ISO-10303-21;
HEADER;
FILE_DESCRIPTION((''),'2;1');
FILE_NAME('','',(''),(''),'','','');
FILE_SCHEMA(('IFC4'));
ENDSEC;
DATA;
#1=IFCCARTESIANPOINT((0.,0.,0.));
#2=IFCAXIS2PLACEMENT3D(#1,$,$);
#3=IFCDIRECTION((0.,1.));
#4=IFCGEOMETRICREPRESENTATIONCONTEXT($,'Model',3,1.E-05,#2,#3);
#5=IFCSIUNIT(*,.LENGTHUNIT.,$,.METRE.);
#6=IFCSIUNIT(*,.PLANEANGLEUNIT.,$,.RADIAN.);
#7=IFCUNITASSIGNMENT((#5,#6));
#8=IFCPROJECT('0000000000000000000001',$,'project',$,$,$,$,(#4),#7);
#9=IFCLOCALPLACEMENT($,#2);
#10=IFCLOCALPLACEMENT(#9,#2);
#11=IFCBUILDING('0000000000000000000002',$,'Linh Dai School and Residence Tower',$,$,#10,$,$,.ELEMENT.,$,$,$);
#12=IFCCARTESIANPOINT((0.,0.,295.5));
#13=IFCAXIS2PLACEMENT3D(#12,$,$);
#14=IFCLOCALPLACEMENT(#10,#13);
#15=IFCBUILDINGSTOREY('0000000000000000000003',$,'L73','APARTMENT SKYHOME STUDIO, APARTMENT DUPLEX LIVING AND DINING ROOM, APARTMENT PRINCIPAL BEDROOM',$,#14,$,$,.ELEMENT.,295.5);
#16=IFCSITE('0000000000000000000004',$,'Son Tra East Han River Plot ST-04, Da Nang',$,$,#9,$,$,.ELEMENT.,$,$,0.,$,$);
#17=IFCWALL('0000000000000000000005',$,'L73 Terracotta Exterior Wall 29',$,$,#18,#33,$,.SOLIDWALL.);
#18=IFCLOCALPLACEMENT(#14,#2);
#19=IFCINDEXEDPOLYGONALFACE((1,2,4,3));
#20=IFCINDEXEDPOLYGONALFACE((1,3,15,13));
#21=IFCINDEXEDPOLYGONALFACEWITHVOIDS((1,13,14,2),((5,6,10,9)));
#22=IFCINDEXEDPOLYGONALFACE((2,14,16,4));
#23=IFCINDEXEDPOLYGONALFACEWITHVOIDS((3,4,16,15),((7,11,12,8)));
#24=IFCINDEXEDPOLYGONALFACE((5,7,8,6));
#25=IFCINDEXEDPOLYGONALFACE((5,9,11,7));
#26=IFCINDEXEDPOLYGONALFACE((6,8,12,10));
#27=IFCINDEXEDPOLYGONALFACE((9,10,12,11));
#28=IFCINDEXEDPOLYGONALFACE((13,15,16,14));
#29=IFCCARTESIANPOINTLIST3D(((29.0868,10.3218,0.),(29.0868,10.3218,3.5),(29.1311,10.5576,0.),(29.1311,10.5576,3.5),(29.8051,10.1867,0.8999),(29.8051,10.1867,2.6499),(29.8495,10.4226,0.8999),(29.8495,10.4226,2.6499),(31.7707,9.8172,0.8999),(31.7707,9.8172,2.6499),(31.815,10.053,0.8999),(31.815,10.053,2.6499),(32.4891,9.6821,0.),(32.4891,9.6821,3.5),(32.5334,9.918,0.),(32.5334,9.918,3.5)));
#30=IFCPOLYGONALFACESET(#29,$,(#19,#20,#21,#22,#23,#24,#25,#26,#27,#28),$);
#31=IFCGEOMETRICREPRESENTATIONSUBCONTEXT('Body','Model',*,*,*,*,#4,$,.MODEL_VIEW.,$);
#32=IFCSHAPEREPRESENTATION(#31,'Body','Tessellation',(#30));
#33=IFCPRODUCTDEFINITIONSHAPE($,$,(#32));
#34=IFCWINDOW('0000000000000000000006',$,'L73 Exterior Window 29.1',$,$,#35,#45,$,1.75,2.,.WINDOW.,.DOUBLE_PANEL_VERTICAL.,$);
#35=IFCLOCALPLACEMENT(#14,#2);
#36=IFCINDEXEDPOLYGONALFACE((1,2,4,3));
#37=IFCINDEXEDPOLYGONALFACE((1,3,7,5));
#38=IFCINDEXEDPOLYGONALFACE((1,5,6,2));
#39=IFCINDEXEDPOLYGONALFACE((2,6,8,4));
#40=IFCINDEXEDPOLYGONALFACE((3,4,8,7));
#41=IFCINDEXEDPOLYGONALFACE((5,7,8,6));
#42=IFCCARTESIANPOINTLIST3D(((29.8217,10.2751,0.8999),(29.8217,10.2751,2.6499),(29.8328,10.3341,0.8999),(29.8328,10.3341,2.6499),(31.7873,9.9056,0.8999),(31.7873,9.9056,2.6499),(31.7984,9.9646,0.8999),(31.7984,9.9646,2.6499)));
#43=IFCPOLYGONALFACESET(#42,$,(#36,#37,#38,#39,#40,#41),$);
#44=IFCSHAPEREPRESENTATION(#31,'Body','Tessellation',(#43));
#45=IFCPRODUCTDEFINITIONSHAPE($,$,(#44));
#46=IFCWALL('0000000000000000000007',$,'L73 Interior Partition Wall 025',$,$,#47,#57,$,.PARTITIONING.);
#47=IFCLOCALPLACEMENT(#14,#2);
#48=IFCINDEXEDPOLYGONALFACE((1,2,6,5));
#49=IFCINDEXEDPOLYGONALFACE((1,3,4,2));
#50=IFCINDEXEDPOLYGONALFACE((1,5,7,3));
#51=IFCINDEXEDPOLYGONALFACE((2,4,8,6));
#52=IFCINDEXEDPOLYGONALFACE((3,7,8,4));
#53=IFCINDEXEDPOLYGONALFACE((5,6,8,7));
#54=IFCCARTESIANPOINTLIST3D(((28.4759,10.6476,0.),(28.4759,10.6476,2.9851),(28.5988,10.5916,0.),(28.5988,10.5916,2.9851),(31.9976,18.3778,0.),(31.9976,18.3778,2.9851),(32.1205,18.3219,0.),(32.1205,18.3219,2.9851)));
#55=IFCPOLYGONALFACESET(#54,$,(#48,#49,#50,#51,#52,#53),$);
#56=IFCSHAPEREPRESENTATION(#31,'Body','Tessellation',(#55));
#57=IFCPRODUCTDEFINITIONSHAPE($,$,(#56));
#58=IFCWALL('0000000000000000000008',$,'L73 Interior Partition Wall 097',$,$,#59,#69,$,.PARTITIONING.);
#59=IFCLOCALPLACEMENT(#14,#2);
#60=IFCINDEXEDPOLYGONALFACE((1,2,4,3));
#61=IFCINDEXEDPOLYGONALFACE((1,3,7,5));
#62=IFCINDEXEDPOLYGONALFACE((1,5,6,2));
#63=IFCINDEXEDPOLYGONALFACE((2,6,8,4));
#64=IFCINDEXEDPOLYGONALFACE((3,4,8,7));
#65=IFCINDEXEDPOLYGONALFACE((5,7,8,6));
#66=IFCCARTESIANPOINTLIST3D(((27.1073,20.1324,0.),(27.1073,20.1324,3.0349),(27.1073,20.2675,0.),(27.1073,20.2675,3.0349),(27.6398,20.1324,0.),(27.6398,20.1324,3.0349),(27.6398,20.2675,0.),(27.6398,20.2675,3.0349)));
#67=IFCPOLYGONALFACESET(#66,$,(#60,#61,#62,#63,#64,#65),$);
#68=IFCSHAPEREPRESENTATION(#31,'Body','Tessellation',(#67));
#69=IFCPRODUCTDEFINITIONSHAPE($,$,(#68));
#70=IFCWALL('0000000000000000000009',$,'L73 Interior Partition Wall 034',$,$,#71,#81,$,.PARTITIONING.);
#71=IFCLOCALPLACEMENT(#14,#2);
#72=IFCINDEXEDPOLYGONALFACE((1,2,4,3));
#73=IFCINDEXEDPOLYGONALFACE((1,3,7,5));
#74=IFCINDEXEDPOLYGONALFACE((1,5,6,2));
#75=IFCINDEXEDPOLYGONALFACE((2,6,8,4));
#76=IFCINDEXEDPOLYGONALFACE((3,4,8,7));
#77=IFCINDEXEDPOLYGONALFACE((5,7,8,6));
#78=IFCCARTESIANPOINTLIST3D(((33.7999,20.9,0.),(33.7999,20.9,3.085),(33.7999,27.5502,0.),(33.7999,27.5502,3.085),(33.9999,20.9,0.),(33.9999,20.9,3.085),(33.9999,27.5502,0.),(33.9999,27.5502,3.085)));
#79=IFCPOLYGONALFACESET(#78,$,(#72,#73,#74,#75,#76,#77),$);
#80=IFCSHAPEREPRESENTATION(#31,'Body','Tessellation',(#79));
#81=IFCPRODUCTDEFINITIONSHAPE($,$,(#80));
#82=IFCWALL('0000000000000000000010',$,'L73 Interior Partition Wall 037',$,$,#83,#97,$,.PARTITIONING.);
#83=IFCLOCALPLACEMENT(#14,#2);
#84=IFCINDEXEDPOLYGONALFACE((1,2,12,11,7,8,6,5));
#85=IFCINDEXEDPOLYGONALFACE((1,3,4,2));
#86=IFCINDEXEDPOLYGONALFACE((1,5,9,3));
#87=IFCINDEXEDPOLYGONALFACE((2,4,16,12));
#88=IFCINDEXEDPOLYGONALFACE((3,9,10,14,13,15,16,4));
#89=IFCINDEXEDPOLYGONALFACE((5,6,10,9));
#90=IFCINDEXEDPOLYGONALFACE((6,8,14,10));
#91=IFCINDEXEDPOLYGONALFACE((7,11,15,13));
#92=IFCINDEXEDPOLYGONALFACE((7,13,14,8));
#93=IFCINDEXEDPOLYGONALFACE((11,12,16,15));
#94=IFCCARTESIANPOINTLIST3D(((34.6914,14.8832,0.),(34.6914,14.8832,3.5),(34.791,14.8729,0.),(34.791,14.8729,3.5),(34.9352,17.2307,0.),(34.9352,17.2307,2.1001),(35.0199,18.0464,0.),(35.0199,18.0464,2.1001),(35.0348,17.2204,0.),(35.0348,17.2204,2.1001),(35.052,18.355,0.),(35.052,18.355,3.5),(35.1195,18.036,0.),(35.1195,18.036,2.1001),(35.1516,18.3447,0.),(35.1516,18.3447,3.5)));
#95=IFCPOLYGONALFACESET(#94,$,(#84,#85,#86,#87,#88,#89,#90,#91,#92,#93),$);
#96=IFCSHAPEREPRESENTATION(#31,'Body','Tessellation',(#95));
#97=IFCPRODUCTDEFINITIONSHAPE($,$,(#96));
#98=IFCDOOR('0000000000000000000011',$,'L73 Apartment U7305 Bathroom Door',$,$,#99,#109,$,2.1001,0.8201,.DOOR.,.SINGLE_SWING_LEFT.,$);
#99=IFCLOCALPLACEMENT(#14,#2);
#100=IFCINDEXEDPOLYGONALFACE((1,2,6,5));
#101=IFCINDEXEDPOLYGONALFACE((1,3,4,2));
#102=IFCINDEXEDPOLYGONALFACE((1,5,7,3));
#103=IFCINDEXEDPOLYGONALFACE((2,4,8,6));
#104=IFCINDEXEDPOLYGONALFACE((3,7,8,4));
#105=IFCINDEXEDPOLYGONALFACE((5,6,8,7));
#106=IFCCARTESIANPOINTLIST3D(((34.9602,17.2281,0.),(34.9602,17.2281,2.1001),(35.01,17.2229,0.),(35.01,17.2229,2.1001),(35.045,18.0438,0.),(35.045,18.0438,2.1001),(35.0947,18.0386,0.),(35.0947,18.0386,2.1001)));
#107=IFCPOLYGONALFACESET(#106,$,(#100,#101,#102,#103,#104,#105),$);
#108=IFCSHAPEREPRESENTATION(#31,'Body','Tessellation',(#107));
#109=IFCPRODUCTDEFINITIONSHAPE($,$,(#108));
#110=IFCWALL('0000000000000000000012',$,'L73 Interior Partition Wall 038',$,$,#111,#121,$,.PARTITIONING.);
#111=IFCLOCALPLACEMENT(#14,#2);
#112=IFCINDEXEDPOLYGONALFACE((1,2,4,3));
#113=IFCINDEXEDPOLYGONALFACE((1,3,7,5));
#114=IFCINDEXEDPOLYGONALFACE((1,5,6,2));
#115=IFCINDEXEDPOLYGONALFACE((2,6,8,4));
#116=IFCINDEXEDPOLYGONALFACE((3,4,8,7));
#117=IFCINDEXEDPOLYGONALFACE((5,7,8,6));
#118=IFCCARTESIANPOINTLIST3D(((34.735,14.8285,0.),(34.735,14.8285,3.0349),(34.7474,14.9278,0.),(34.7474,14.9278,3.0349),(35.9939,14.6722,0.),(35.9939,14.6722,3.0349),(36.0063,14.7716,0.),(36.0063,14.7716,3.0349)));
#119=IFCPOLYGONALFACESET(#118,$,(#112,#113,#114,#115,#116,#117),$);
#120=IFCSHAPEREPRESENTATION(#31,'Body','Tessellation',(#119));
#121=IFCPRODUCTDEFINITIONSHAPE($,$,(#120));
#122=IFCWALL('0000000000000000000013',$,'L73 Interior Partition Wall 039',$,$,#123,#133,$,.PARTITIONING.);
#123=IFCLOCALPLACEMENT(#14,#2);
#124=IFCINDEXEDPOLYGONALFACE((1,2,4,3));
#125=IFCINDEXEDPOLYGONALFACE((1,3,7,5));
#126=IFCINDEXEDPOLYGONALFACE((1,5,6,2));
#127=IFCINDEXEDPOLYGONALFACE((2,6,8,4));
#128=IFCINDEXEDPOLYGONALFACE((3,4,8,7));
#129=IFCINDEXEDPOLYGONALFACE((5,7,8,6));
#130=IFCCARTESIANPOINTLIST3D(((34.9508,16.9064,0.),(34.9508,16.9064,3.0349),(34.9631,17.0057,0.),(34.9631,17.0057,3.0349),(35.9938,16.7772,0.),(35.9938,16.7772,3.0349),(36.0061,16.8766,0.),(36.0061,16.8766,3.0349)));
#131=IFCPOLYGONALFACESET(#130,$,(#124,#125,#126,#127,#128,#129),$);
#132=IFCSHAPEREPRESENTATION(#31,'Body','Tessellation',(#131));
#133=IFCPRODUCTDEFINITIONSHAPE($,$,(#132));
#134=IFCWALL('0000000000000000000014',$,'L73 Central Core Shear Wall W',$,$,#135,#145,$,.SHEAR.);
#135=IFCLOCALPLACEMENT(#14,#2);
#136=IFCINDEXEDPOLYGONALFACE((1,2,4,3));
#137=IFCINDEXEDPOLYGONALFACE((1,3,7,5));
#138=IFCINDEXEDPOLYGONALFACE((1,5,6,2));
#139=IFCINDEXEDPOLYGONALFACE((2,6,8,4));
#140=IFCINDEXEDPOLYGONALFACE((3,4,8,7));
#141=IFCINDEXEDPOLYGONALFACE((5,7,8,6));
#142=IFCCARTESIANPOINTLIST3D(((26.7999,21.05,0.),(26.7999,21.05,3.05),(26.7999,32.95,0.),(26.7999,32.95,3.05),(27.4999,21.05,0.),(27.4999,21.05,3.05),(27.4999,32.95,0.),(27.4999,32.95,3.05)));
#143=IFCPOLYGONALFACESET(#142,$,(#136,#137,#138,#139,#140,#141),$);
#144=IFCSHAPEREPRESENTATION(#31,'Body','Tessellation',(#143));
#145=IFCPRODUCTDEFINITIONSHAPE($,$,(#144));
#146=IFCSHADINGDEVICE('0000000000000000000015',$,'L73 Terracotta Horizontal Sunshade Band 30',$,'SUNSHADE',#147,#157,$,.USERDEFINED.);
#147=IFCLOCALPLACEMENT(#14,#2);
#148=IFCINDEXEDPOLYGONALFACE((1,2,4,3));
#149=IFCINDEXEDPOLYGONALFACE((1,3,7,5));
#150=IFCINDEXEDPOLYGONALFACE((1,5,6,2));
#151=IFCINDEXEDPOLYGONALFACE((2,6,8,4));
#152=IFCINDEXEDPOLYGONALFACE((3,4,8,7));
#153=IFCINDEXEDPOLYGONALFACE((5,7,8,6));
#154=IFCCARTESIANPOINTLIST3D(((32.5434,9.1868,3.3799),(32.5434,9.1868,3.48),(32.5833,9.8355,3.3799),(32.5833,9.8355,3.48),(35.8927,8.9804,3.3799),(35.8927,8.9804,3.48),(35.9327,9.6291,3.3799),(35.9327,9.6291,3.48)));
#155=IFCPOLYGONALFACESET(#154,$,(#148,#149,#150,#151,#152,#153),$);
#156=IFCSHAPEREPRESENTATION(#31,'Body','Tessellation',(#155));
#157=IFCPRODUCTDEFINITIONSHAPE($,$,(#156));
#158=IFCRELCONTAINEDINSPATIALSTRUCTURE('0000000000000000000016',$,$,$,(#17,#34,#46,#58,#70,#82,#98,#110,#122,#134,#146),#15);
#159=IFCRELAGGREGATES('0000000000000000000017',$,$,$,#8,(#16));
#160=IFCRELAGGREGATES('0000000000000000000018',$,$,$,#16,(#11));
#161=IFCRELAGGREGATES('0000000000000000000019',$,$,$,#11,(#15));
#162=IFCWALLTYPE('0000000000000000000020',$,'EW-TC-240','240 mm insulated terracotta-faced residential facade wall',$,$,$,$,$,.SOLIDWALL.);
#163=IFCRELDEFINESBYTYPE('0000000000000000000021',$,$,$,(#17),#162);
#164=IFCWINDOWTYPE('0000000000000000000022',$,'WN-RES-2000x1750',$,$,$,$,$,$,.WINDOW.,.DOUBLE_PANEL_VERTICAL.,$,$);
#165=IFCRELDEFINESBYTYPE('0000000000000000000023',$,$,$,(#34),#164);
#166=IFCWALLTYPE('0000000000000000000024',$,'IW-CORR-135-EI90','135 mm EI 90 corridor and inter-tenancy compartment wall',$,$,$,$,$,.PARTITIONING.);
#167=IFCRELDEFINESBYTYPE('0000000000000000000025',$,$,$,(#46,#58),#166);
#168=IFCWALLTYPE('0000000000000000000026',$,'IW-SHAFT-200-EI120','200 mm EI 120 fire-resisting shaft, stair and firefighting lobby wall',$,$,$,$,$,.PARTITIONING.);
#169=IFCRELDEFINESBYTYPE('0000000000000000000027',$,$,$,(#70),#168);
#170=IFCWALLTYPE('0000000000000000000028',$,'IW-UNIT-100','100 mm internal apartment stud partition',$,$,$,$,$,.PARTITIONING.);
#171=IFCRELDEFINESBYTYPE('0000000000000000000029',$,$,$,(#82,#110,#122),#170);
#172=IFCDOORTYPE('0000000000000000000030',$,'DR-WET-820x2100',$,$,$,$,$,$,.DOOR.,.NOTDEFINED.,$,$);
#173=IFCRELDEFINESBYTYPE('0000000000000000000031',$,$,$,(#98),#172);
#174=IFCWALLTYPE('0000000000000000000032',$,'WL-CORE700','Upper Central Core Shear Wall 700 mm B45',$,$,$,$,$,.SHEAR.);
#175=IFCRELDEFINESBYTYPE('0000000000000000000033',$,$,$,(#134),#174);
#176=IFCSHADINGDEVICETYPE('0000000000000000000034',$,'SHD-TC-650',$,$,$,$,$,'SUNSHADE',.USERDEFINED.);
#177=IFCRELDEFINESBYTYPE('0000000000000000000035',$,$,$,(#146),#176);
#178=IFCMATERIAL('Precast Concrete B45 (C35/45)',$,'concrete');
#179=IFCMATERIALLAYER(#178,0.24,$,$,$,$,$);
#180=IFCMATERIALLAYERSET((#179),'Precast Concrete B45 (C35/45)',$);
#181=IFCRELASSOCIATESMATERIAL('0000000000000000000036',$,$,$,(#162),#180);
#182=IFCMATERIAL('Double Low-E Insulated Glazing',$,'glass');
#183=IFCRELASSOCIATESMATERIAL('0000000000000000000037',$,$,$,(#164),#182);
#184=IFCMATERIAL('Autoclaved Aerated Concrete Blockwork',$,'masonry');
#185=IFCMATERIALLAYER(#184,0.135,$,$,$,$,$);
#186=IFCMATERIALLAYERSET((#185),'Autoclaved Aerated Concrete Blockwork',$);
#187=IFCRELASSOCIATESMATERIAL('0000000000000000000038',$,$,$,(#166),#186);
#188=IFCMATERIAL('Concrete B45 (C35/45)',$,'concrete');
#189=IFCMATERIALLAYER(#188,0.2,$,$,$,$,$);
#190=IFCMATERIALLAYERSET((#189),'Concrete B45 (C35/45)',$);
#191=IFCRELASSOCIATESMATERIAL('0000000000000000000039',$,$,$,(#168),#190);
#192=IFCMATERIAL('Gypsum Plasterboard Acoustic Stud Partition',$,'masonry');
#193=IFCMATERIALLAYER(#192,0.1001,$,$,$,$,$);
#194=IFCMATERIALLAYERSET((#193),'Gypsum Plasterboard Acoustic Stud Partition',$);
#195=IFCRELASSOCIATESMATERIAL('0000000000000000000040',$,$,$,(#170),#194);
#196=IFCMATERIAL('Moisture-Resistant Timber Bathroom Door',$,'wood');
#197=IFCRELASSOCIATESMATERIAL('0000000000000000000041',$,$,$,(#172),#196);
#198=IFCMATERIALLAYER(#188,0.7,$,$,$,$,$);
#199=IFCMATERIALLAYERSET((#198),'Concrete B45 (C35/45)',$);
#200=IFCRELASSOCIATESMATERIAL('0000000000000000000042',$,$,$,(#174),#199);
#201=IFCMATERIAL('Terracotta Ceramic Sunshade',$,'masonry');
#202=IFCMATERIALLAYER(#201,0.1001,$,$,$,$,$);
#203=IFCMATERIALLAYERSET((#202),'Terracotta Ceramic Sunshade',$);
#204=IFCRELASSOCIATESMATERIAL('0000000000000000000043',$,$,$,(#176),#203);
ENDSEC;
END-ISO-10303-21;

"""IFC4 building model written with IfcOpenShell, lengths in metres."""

from ifc_helpers import new_model, si_unit, direction, frame, frame_2d, origin, origin_2d, place, context, subcontext, project, spatial, rectangle, extrude, source, transform, mapped, material, layer, layer_set, type_object, element, fill, save


model = new_model("IFC4")

# Units and contexts
model_context = context("Model", 3, precision=1e-05, world=origin(), true_north=direction((0.0, 1.0)))
body_context = subcontext(model_context, "Body", "Model", "MODEL_VIEW")
ifc_project = project(units=[si_unit("LENGTHUNIT", "METRE"), si_unit("PLANEANGLEUNIT", "RADIAN")], contexts=[model_context])

# Site, building, storey
site_placement = place(None, origin())
site = spatial("IfcSite", under=ifc_project, at=site_placement, Name="Son Tra East Han River Plot ST-04, Da Nang", CompositionType="ELEMENT", RefElevation=0.0)
building_placement = place(site_placement, origin())
building = spatial("IfcBuilding", under=site, at=building_placement, Name="Linh Dai School and Residence Tower", CompositionType="ELEMENT")
storey_placement = place(building_placement, frame((0.0, 0.0, 295.5)))
storey = spatial("IfcBuildingStorey", under=building, at=storey_placement, Name="L73", Description="APARTMENT SKYHOME STUDIO, APARTMENT DUPLEX LIVING AND DINING ROOM, APARTMENT PRINCIPAL BEDROOM", CompositionType="ELEMENT", Elevation=295.5)

# Shared definitions
ifc_material_1 = material(Name="Concrete B45 (C35/45)", Category="concrete")

# Shared definitions
ifc_material_2 = material(Name="Precast Concrete B45 (C35/45)", Category="concrete")

# Shared definitions
ifc_layer_1 = layer(ifc_material_2, 0.24)
ifc_layer_set_1 = layer_set([ifc_layer_1], Name="Precast Concrete B45 (C35/45)")
wall_type_1 = type_object("IfcWallType", Name="EW-TC-240", Description="240 mm insulated terracotta-faced residential facade wall", PredefinedType="SOLIDWALL", material=ifc_layer_set_1)

# Wall, opening, window
wall_1_placement = place(storey_placement, frame((32.5112, 9.8, 0.0), z_axis=(0.0, 0.0, 1.0), x_axis=(-0.982783, 0.184765, 0.0)))
wall_1 = element("IfcWall", 1, at=wall_1_placement, inside=storey, type_object=wall_type_1, Name="L73 Terracotta Exterior Wall 29", PredefinedType="SOLIDWALL", context=body_context, shape_type="SweptSolid", body=[
    extrude(rectangle(XDim=3.4619, YDim=0.24, at=frame_2d((1.731, 0.0))), origin(), (0.0, 0.0, 1.0), 3.5),
])
opening_1_placement = place(wall_1_placement, frame((0.731, 0.0, 0.8999)))
opening_1 = element("IfcOpeningElement", 2, at=opening_1_placement, cuts=wall_1, PredefinedType="OPENING", context=body_context, shape_type="SweptSolid", body=[
    extrude(rectangle(XDim=2.0, YDim=1.75, at=origin_2d()), frame((1.0, 0.1299, 0.875), z_axis=(0.0, -1.0, 0.0), x_axis=(1.0, 0.0, 0.0)), (0.0, 0.0, 1.0), 0.26),
])
ifc_material_3 = material(Name="Double Low-E Insulated Glazing", Category="glass")
window_type = type_object("IfcWindowType", Name="WN-RES-2000x1750", PartitioningType="DOUBLE_PANEL_VERTICAL", PredefinedType="WINDOW", material=ifc_material_3)
shared_shape_1 = source(origin(), body_context, "Body", "SweptSolid", [
    extrude(rectangle(XDim=2.0, YDim=1.75, at=origin_2d()), frame((1.0, 0.03, 0.875), z_axis=(0.0, -1.0, 0.0), x_axis=(1.0, 0.0, 0.0)), (0.0, 0.0, 1.0), 0.0601),
])
window_placement = place(opening_1_placement, origin())
window = element("IfcWindow", 3, at=window_placement, inside=storey, type_object=window_type, Name="L73 Exterior Window 29.1", OverallHeight=1.75, OverallWidth=2.0, PartitioningType="DOUBLE_PANEL_VERTICAL", PredefinedType="WINDOW", context=body_context, shape_type="MappedRepresentation", body=[
    mapped(shared_shape_1, transform((0.0, 0.0, 0.0), x_axis=(1.0, 0.0, 0.0), y_axis=(0.0, 1.0, 0.0), z_axis=(0.0, 0.0, 1.0), scale=1.0)),
])
fill(opening_1, window)

# Wall
ifc_material_4 = material(Name="Autoclaved Aerated Concrete Blockwork", Category="masonry")
ifc_layer_2 = layer(ifc_material_4, 0.135)
ifc_layer_set_2 = layer_set([ifc_layer_2], Name="Autoclaved Aerated Concrete Blockwork")
wall_type_2 = type_object("IfcWallType", Name="IW-CORR-135-EI90", Description="135 mm EI 90 corridor and inter-tenancy compartment wall", PredefinedType="PARTITIONING", material=ifc_layer_set_2)
wall_2_placement = place(storey_placement, frame((28.5374, 10.6196, 0.0), z_axis=(0.0, 0.0, 1.0), x_axis=(0.414582, 0.910012, 0.0)))
element("IfcWall", 4, at=wall_2_placement, inside=storey, type_object=wall_type_2, Name="L73 Interior Partition Wall 025", PredefinedType="PARTITIONING", context=body_context, shape_type="SweptSolid", body=[
    extrude(rectangle(XDim=8.4946, YDim=0.135, at=frame_2d((4.2473, 0.0))), origin(), (0.0, 0.0, 1.0), 2.9851),
])

# Walls
wall_3_placement = place(storey_placement, frame((27.1074, 20.2, 0.0), z_axis=(0.0, 0.0, 1.0), x_axis=(1.0, 0.0, 0.0)))
element("IfcWall", 5, at=wall_3_placement, inside=storey, type_object=wall_type_2, Name="L73 Interior Partition Wall 097", PredefinedType="PARTITIONING", context=body_context, shape_type="SweptSolid", body=[
    extrude(rectangle(XDim=0.5325, YDim=0.135, at=frame_2d((0.2661, 0.0))), origin(), (0.0, 0.0, 1.0), 3.0349),
])
ifc_layer_3 = layer(ifc_material_1, 0.2)
ifc_layer_set_3 = layer_set([ifc_layer_3], Name="Concrete B45 (C35/45)")
wall_type_3 = type_object("IfcWallType", Name="IW-SHAFT-200-EI120", Description="200 mm EI 120 fire-resisting shaft, stair and firefighting lobby wall", PredefinedType="PARTITIONING", material=ifc_layer_set_3)
wall_4_placement = place(storey_placement, frame((33.8999, 20.8999, 0.0), z_axis=(0.0, 0.0, 1.0), x_axis=(0.0, 1.0, 0.0)))
element("IfcWall", 6, at=wall_4_placement, inside=storey, type_object=wall_type_3, Name="L73 Interior Partition Wall 034", PredefinedType="PARTITIONING", context=body_context, shape_type="SweptSolid", body=[
    extrude(rectangle(XDim=6.6501, YDim=0.2, at=frame_2d((3.3252, 0.0))), origin(), (0.0, 0.0, 1.0), 3.085),
])

# Wall, opening, door
ifc_material_5 = material(Name="Gypsum Plasterboard Acoustic Stud Partition", Category="masonry")
ifc_layer_4 = layer(ifc_material_5, 0.1001)
ifc_layer_set_4 = layer_set([ifc_layer_4], Name="Gypsum Plasterboard Acoustic Stud Partition")
wall_type_4 = type_object("IfcWallType", Name="IW-UNIT-100", Description="100 mm internal apartment stud partition", PredefinedType="PARTITIONING", material=ifc_layer_set_4)
wall_5_placement = place(storey_placement, frame((34.7412, 14.8782, 0.0), z_axis=(0.0, 0.0, 1.0), x_axis=(0.103305, 0.99465, 0.0)))
wall_5 = element("IfcWall", 7, at=wall_5_placement, inside=storey, type_object=wall_type_4, Name="L73 Interior Partition Wall 037", PredefinedType="PARTITIONING", context=body_context, shape_type="SweptSolid", body=[
    extrude(rectangle(XDim=3.4905, YDim=0.1001, at=frame_2d((1.7451, 0.0))), origin(), (0.0, 0.0, 1.0), 3.5),
])
opening_2_placement = place(wall_5_placement, frame((2.3599, 0.0, 0.0)))
opening_2 = element("IfcOpeningElement", 8, at=opening_2_placement, cuts=wall_5, PredefinedType="OPENING", context=body_context, shape_type="SweptSolid", body=[
    extrude(rectangle(XDim=0.8201, YDim=2.1001, at=origin_2d()), frame((0.4102, 0.0601, 1.05), z_axis=(0.0, -1.0, 0.0), x_axis=(1.0, 0.0, 0.0)), (0.0, 0.0, 1.0), 0.1201),
])
ifc_material_6 = material(Name="Moisture-Resistant Timber Bathroom Door", Category="wood")
door_type_1 = type_object("IfcDoorType", Name="DR-WET-820x2100", OperationType="NOTDEFINED", PredefinedType="DOOR", material=ifc_material_6)
shared_shape_2 = source(origin(), body_context, "Body", "SweptSolid", [
    extrude(rectangle(XDim=0.8201, YDim=2.1001, at=origin_2d()), frame((0.4102, 0.0249, 1.05), z_axis=(0.0, -1.0, 0.0), x_axis=(1.0, 0.0, 0.0)), (0.0, 0.0, 1.0), 0.05),
])
door_1_placement = place(opening_2_placement, origin())
door_1 = element("IfcDoor", 9, at=door_1_placement, inside=storey, type_object=door_type_1, Name="L73 Apartment U7305 Bathroom Door", OperationType="SINGLE_SWING_LEFT", OverallHeight=2.1001, OverallWidth=0.8201, PredefinedType="DOOR", context=body_context, shape_type="MappedRepresentation", body=[
    mapped(shared_shape_2, transform((0.0, 0.0, 0.0), x_axis=(1.0, 0.0, 0.0), y_axis=(0.0, 1.0, 0.0), z_axis=(0.0, 0.0, 1.0), scale=1.0)),
])
fill(opening_2, door_1)

# Walls
wall_6_placement = place(storey_placement, frame((34.7412, 14.8782, 0.0), z_axis=(0.0, 0.0, 1.0), x_axis=(0.992384, -0.123182, 0.0)))
element("IfcWall", 10, at=wall_6_placement, inside=storey, type_object=wall_type_4, Name="L73 Interior Partition Wall 038", PredefinedType="PARTITIONING", context=body_context, shape_type="SweptSolid", body=[
    extrude(rectangle(XDim=1.2686, YDim=0.1001, at=frame_2d((0.6343, 0.0))), origin(), (0.0, 0.0, 1.0), 3.0349),
])
wall_7_placement = place(storey_placement, frame((34.957, 16.9561, 0.0), z_axis=(0.0, 0.0, 1.0), x_axis=(0.99242, -0.122891, 0.0)))
element("IfcWall", 11, at=wall_7_placement, inside=storey, type_object=wall_type_4, Name="L73 Interior Partition Wall 039", PredefinedType="PARTITIONING", context=body_context, shape_type="SweptSolid", body=[
    extrude(rectangle(XDim=1.051, YDim=0.1001, at=frame_2d((0.5254, 0.0))), origin(), (0.0, 0.0, 1.0), 3.0349),
])
ifc_layer_5 = layer(ifc_material_1, 0.7)
ifc_layer_set_5 = layer_set([ifc_layer_5], Name="Concrete B45 (C35/45)")
wall_type_5 = type_object("IfcWallType", Name="WL-CORE700", Description="Upper Central Core Shear Wall 700 mm B45", PredefinedType="SHEAR", material=ifc_layer_set_5)
wall_8_placement = place(storey_placement, frame((27.1499, 21.05, 0.0), z_axis=(0.0, 0.0, 1.0), x_axis=(0.0, 1.0, 0.0)))
element("IfcWall", 12, at=wall_8_placement, inside=storey, type_object=wall_type_5, Name="L73 Central Core Shear Wall W", PredefinedType="SHEAR", context=body_context, shape_type="SweptSolid", body=[
    extrude(rectangle(XDim=11.8999, YDim=0.7, at=frame_2d((5.95, 0.0))), origin(), (0.0, 0.0, 1.0), 3.05),
])

# Shading device
ifc_material_7 = material(Name="Terracotta Ceramic Sunshade", Category="masonry")
ifc_layer_6 = layer(ifc_material_7, 0.1001)
ifc_layer_set_6 = layer_set([ifc_layer_6], Name="Terracotta Ceramic Sunshade")
shading_device_type = type_object("IfcShadingDeviceType", Name="SHD-TC-650", ElementType="SUNSHADE", PredefinedType="USERDEFINED", material=ifc_layer_set_6)
shared_shape_3 = source(origin(), body_context, "Body", "SweptSolid", [
    extrude(rectangle(XDim=3.3557, YDim=0.6499, at=origin_2d()), origin(), (0.0, 0.0, 1.0), 0.1001),
])
shading_device_placement = place(storey_placement, frame((34.238, 9.408, 3.3799), z_axis=(0.0, 0.0, 1.0), x_axis=(-0.998106, 0.06151, 0.0)))
element("IfcShadingDevice", 13, at=shading_device_placement, inside=storey, type_object=shading_device_type, Name="L73 Terracotta Horizontal Sunshade Band 30", ObjectType="SUNSHADE", PredefinedType="USERDEFINED", context=body_context, shape_type="MappedRepresentation", body=[
    mapped(shared_shape_3, transform((0.0, 0.0, 0.0), x_axis=(1.0, 0.0, 0.0), y_axis=(0.0, 1.0, 0.0), z_axis=(0.0, 0.0, 1.0), scale=1.0)),
])

save(model, "model.ifc")
